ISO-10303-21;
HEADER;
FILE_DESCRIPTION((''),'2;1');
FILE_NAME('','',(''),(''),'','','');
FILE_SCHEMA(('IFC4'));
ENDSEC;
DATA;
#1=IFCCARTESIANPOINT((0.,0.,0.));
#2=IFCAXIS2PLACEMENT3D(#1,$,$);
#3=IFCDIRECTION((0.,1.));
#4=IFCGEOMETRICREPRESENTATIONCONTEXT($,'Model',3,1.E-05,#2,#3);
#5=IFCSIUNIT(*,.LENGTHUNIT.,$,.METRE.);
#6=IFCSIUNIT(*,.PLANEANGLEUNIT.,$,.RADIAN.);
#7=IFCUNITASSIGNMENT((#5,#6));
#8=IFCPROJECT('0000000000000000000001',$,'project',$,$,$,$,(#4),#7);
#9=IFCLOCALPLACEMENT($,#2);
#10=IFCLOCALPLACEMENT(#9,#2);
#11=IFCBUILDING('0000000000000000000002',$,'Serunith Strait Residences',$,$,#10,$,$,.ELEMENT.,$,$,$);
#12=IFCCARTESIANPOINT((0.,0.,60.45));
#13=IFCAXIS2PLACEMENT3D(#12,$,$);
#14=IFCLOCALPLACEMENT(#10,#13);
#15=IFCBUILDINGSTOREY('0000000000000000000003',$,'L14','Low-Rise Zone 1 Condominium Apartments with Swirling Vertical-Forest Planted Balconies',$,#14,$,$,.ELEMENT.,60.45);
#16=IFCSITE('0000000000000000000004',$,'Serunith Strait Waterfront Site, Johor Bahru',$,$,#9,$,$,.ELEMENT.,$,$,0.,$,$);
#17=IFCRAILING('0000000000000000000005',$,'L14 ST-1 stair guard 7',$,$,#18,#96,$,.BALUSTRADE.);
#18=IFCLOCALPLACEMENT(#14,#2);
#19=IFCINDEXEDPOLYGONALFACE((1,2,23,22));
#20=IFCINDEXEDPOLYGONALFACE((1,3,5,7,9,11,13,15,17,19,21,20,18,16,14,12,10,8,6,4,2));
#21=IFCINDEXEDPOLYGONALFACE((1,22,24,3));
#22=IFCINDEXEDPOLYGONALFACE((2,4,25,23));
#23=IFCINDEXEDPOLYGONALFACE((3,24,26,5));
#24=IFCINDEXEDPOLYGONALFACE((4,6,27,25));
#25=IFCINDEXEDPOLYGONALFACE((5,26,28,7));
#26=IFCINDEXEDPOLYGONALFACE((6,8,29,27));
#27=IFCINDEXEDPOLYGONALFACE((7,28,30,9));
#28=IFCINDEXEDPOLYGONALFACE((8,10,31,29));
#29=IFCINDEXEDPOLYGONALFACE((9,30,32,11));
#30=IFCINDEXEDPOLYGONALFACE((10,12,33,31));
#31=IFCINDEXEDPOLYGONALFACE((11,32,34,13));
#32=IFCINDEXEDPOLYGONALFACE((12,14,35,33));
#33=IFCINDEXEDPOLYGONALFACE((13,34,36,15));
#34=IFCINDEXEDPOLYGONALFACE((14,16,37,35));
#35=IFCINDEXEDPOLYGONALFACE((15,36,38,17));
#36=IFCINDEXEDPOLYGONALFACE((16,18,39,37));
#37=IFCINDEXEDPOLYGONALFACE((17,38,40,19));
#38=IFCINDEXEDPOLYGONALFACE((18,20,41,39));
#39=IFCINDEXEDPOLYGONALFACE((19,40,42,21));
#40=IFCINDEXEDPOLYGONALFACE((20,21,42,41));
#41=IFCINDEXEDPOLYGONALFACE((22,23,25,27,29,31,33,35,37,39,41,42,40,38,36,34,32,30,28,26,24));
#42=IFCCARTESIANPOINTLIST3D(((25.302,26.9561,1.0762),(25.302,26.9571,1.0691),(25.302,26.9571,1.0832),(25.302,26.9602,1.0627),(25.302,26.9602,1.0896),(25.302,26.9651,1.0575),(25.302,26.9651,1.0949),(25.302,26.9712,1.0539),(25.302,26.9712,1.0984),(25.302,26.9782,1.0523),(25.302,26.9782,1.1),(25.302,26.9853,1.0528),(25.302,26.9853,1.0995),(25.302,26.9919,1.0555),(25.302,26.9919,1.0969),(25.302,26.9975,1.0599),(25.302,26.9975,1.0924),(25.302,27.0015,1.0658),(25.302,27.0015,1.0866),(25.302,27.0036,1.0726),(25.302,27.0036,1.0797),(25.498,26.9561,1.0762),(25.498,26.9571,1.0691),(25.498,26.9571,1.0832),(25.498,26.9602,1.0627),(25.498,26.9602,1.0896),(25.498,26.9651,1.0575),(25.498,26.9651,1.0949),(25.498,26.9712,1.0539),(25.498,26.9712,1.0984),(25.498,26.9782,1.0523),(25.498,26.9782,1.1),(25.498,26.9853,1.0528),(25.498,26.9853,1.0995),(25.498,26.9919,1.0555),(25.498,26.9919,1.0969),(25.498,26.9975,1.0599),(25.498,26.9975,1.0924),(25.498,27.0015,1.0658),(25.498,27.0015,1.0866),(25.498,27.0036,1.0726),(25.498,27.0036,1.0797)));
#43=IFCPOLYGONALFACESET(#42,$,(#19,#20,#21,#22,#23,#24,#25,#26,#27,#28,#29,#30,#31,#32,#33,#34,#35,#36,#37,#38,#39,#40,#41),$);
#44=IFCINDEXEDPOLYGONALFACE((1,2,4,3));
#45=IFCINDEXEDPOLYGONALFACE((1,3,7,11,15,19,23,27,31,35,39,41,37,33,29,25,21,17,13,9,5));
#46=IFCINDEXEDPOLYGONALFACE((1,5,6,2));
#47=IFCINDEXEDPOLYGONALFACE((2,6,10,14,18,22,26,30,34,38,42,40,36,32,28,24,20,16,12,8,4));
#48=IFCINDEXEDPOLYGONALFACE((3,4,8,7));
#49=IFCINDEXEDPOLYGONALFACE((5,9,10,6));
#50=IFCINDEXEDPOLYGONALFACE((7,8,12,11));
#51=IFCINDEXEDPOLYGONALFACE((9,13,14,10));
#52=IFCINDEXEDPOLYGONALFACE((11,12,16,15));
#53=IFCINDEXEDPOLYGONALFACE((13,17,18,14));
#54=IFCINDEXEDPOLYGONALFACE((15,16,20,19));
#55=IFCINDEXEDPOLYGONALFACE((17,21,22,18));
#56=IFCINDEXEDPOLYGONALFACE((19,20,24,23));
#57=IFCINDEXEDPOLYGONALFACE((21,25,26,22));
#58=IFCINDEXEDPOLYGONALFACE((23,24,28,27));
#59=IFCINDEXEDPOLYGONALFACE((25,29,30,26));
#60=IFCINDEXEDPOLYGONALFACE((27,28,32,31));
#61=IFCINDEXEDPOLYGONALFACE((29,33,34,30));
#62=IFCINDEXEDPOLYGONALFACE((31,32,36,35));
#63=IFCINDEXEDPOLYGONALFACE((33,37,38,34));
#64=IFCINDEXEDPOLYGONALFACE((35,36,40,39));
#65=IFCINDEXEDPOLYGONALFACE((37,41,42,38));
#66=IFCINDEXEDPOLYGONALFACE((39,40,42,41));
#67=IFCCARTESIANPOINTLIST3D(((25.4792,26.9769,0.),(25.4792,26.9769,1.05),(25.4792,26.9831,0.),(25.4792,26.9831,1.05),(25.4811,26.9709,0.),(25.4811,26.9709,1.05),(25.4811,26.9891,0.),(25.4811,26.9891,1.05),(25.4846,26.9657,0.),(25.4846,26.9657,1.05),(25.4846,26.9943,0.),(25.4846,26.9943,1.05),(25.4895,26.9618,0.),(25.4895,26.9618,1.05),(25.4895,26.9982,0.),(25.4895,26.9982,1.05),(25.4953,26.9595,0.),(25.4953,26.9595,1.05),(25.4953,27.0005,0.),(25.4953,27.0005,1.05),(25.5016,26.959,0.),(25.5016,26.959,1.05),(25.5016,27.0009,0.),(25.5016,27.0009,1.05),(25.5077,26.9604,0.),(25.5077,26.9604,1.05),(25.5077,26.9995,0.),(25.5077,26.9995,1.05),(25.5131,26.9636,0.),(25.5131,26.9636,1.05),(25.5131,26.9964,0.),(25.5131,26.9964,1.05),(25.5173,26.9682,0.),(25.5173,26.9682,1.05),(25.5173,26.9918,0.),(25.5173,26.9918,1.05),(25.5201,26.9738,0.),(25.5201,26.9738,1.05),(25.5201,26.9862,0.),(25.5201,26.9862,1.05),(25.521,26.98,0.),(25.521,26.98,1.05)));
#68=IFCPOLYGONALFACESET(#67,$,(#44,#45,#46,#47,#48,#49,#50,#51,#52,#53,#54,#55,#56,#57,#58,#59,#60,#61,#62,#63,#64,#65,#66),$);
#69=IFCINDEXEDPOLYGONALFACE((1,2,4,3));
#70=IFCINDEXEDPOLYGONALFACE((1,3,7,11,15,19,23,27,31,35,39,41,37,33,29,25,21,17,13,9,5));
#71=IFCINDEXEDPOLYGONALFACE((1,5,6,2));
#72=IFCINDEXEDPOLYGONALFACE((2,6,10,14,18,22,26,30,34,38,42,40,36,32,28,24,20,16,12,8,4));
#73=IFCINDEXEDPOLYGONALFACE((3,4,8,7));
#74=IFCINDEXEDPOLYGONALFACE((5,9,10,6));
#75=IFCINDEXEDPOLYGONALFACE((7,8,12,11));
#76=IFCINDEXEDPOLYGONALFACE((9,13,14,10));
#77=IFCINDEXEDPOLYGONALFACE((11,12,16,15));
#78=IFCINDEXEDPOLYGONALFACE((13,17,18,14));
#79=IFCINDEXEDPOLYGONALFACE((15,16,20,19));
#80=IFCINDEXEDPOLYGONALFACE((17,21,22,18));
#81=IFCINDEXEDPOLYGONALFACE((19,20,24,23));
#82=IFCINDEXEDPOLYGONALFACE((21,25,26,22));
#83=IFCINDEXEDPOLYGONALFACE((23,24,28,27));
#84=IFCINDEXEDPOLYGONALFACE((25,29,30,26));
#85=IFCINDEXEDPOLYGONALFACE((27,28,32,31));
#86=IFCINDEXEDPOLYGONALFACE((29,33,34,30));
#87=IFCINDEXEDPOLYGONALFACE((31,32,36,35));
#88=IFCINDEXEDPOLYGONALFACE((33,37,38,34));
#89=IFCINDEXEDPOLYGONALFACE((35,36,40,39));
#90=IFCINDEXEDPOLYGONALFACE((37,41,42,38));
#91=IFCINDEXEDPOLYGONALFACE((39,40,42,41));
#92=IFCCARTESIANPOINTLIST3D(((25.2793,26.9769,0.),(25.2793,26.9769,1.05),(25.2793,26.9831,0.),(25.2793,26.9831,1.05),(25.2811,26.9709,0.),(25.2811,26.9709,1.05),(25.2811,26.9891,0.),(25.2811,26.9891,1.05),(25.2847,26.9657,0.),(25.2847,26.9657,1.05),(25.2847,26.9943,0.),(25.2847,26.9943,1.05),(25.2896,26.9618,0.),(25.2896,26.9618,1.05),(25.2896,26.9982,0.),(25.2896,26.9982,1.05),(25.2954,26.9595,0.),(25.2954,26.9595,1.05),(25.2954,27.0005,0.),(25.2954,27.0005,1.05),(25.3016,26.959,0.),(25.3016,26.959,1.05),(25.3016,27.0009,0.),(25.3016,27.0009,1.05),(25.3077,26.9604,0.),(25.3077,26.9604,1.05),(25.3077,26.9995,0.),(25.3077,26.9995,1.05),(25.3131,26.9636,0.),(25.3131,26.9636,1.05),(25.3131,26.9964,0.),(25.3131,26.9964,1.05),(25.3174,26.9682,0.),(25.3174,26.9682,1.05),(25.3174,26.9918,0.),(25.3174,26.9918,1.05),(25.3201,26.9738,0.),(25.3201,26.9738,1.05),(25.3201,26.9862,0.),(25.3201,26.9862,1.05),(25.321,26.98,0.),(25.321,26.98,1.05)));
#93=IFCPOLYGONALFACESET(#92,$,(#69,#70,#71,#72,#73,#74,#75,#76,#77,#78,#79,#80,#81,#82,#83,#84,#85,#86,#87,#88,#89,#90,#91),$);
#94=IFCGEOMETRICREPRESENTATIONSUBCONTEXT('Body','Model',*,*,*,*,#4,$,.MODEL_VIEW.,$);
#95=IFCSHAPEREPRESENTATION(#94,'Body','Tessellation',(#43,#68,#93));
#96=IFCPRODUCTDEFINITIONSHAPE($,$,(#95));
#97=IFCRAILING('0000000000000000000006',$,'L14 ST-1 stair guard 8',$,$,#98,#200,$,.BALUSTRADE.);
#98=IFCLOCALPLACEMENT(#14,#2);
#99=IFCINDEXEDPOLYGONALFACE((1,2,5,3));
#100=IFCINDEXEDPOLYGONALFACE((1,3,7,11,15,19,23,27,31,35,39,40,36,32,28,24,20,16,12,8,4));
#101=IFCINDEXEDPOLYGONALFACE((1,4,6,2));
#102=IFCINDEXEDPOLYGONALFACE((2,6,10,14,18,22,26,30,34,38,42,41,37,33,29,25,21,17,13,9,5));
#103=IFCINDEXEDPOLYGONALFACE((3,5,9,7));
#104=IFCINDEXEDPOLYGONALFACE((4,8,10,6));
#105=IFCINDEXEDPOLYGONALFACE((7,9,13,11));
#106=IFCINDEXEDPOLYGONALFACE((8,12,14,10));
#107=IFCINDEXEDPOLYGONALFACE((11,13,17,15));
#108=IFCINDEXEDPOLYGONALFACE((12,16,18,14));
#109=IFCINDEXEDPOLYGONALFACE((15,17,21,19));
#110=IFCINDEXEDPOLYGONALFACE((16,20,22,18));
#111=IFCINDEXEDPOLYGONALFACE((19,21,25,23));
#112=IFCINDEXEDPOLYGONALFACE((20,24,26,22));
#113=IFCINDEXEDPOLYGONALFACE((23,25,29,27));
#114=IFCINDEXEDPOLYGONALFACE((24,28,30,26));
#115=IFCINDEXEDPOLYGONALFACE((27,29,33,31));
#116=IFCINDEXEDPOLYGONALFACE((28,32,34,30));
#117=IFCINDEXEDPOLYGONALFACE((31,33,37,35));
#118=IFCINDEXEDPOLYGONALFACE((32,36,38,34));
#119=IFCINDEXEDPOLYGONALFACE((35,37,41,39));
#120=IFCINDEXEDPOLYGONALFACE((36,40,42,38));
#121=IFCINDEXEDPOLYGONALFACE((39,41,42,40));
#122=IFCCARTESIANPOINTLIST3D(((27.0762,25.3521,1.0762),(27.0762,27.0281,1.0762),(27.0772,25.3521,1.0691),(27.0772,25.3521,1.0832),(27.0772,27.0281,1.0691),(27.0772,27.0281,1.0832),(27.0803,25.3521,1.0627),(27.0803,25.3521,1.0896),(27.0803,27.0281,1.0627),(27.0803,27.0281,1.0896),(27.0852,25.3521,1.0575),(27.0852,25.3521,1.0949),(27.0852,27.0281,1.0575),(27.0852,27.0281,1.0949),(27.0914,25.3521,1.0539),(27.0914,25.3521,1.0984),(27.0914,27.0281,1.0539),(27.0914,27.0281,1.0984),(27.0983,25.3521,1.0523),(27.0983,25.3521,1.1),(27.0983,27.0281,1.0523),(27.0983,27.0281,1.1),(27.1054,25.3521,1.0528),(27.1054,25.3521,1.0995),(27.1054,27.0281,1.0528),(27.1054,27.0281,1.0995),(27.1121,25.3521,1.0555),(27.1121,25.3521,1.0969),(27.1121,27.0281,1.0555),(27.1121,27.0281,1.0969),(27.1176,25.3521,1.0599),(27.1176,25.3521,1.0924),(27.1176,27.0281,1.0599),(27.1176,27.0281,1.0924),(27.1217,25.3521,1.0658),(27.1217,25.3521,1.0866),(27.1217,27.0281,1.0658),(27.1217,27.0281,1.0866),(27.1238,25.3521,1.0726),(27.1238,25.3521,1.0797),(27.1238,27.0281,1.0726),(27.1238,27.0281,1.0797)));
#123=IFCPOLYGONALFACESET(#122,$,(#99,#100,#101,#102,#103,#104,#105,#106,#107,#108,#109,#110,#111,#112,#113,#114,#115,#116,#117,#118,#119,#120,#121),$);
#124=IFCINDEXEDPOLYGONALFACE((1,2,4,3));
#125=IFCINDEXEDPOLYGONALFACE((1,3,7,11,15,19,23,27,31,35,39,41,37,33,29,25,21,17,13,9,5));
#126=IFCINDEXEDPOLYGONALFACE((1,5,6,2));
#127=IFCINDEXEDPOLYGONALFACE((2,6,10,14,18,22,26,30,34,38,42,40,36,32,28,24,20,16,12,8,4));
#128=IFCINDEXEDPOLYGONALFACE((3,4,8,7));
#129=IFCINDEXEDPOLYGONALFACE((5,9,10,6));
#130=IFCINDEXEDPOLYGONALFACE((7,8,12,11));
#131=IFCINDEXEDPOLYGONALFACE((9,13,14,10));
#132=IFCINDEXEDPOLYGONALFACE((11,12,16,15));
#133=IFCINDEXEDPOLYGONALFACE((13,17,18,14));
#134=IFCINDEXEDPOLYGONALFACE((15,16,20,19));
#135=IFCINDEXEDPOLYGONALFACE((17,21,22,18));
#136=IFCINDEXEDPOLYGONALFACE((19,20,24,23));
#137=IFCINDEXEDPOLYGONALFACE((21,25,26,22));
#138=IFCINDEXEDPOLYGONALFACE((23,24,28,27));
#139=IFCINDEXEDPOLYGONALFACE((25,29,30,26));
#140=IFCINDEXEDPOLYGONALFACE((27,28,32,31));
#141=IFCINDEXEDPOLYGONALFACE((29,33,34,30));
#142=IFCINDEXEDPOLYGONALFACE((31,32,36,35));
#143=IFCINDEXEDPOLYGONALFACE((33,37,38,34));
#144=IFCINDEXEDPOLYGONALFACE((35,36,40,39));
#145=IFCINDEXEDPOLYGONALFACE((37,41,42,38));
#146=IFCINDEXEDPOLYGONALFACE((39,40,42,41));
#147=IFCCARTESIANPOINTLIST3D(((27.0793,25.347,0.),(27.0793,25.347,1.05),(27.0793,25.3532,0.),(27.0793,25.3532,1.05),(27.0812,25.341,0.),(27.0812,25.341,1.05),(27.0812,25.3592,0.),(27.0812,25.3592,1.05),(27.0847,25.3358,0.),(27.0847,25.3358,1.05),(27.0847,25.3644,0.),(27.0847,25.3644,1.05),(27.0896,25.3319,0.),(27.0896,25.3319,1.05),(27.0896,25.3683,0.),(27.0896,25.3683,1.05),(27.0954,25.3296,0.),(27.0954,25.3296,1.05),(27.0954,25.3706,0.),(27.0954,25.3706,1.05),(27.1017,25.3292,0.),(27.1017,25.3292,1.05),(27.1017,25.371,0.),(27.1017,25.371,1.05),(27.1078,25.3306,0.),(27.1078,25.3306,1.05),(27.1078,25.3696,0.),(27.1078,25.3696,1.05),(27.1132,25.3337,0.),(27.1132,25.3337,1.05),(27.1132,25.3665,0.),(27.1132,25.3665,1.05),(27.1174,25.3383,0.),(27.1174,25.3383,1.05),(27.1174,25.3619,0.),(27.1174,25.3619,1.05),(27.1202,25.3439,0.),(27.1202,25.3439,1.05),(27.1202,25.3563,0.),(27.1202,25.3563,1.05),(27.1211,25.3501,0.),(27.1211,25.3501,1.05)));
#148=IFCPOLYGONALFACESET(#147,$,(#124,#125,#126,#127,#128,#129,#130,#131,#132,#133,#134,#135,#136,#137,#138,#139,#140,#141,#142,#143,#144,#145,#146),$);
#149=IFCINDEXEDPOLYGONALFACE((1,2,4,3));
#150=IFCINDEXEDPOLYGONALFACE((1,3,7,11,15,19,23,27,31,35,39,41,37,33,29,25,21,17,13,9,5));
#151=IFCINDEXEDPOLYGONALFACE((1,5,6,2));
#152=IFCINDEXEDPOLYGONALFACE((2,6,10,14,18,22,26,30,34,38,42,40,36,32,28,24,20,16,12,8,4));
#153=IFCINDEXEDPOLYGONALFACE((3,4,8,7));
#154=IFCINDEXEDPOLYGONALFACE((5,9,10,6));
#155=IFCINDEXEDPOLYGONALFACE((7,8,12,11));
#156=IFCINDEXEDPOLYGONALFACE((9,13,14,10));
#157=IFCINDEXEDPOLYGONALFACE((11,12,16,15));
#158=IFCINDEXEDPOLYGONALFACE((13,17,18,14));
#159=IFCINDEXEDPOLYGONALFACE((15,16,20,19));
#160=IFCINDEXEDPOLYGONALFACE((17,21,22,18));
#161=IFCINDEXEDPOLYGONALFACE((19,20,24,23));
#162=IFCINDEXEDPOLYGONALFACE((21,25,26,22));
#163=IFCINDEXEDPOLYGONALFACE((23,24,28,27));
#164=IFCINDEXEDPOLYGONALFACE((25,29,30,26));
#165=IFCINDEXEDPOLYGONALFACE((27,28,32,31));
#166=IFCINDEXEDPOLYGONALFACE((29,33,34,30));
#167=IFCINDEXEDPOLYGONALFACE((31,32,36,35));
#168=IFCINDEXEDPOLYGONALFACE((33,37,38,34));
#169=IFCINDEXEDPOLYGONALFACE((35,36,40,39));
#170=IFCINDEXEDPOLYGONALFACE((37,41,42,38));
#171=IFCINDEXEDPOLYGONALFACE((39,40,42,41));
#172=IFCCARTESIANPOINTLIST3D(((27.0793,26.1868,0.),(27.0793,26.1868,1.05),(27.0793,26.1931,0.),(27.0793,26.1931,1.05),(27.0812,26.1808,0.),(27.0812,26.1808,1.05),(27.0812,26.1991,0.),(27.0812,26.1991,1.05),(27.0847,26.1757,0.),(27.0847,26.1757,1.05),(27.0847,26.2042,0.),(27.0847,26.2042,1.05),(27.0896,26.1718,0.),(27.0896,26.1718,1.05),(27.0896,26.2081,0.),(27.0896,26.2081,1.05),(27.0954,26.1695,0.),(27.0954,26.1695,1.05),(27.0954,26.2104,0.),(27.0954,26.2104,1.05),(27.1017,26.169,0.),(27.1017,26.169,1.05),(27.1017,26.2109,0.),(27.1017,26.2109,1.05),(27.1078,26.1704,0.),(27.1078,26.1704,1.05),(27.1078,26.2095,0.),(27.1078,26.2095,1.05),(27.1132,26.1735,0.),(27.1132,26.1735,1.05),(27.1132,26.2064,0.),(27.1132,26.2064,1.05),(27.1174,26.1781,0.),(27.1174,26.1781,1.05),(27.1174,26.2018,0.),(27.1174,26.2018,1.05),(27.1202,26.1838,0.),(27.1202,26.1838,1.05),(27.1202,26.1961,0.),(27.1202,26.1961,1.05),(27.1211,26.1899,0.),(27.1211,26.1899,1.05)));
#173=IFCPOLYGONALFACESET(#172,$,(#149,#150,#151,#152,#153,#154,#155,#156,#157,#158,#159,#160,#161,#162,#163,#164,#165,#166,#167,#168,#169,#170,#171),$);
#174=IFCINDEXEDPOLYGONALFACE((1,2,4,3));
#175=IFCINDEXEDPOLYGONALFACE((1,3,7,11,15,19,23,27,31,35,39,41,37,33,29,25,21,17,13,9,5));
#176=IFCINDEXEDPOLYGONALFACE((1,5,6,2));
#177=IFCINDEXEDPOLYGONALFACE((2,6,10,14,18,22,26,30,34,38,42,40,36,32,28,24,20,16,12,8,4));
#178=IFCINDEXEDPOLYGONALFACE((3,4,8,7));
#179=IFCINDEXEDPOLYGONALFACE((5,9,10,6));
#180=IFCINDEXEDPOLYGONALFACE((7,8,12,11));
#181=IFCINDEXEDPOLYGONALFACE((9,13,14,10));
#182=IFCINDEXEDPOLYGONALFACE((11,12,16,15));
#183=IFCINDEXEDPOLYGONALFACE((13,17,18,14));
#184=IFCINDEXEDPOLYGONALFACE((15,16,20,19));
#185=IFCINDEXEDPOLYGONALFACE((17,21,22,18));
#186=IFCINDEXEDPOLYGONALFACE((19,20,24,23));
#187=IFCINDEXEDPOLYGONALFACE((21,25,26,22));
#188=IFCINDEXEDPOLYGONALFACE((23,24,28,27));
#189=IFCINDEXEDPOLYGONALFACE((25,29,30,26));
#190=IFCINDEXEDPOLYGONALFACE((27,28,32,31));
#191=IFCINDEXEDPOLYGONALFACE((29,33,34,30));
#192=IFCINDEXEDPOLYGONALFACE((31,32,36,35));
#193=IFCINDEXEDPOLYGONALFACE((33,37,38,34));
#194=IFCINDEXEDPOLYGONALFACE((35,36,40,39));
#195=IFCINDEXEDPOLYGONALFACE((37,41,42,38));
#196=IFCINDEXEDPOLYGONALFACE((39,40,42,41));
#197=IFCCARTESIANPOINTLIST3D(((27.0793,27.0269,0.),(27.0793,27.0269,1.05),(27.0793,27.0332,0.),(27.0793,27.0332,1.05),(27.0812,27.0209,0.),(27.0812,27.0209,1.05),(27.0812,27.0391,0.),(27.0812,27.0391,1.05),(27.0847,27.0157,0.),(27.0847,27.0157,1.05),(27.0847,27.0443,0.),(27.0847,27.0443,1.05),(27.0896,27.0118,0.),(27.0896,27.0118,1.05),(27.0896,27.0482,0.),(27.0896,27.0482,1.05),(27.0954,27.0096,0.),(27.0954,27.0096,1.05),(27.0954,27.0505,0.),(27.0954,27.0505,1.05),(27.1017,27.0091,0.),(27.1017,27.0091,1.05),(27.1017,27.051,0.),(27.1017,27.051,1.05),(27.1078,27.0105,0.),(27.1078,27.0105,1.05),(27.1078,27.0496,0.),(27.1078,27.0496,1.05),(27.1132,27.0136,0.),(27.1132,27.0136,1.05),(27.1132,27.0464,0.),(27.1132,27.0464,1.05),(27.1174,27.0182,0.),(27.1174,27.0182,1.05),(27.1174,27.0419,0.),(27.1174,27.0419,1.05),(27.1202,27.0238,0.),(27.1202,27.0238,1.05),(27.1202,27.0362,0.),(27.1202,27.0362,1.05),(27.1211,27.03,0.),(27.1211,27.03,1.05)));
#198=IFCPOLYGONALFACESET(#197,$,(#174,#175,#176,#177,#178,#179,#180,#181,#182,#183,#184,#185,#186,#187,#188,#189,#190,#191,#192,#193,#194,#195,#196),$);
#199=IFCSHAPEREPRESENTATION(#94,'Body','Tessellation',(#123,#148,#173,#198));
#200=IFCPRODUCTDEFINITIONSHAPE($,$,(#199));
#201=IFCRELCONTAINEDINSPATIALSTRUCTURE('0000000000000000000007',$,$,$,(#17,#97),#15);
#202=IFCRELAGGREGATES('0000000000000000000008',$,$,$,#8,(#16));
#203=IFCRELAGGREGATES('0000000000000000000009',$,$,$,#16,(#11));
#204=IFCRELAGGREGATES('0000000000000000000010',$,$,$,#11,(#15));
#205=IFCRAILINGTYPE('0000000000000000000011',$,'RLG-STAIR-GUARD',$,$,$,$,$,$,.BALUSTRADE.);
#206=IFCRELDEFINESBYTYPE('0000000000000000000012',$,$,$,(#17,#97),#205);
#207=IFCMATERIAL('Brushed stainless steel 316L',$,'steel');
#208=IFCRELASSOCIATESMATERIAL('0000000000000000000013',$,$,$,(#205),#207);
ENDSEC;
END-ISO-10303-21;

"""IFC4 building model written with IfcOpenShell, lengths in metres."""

from ifc_helpers import new_model, si_unit, direction, frame, origin, origin_2d, place, context, subcontext, project, spatial, circle, extrude, material, type_object, element, save


model = new_model("IFC4")

# Units and contexts
model_context = context("Model", 3, precision=1e-05, world=origin(), true_north=direction((0.0, 1.0)))
body_context = subcontext(model_context, "Body", "Model", "MODEL_VIEW")
ifc_project = project(units=[si_unit("LENGTHUNIT", "METRE"), si_unit("PLANEANGLEUNIT", "RADIAN")], contexts=[model_context])

# Site, building, storey
site_placement = place(None, origin())
site = spatial("IfcSite", under=ifc_project, at=site_placement, Name="Serunith Strait Waterfront Site, Johor Bahru", CompositionType="ELEMENT", RefElevation=0.0)
building_placement = place(site_placement, origin())
building = spatial("IfcBuilding", under=site, at=building_placement, Name="Serunith Strait Residences", CompositionType="ELEMENT")
storey_placement = place(building_placement, frame((0.0, 0.0, 60.45)))
storey = spatial("IfcBuildingStorey", under=building, at=storey_placement, Name="L14", Description="Low-Rise Zone 1 Condominium Apartments with Swirling Vertical-Forest Planted Balconies", CompositionType="ELEMENT", Elevation=60.45)

# Railings
ifc_material_1 = material(Name="Brushed stainless steel 316L", Category="steel")
railing_type_1 = type_object("IfcRailingType", Name="RLG-STAIR-GUARD", PredefinedType="BALUSTRADE", material=ifc_material_1)
railing_1_placement = place(storey_placement, frame((25.5, 26.98, 0.0)))
element("IfcRailing", 1, at=railing_1_placement, inside=storey, type_object=railing_type_1, Name="L14 ST-1 stair guard 7", PredefinedType="BALUSTRADE", context=body_context, shape_type="SweptSolid", body=[
    extrude(circle(Radius=0.0239, at=origin_2d()), frame((-0.002, 0.0, 1.0762), z_axis=(-1.0, 0.0, 0.0), x_axis=(0.0, -1.0, 0.0)), (0.0, 0.0, 1.0), 0.196),
    extrude(circle(Radius=0.021, at=origin_2d()), origin(), (0.0, 0.0, 1.0), 1.05),
    extrude(circle(Radius=0.021, at=origin_2d()), frame((-0.2, 0.0, 0.0)), (0.0, 0.0, 1.0), 1.05),
])
for number, where, name in (
    (2, (27.1001, 25.3501, 0.0), "L14 ST-1 stair guard 8"),
):
    element("IfcRailing", number, at=place(storey_placement, frame(where)), inside=storey, type_object=railing_type_1, Name=name, PredefinedType="BALUSTRADE", context=body_context, shape_type="SweptSolid", body=[
        extrude(circle(Radius=0.0239, at=origin_2d()), frame((0.0, 0.002, 1.0762), z_axis=(0.0, 1.0, 0.0), x_axis=(-1.0, 0.0, 0.0)), (0.0, 0.0, 1.0), 1.676),
        extrude(circle(Radius=0.021, at=origin_2d()), origin(), (0.0, 0.0, 1.0), 1.05),
        extrude(circle(Radius=0.021, at=origin_2d()), frame((0.0, 0.8398, 0.0)), (0.0, 0.0, 1.0), 1.05),
        extrude(circle(Radius=0.021, at=origin_2d()), frame((0.0, 1.6799, 0.0)), (0.0, 0.0, 1.0), 1.05),
    ])

save(model, "model.ifc")
